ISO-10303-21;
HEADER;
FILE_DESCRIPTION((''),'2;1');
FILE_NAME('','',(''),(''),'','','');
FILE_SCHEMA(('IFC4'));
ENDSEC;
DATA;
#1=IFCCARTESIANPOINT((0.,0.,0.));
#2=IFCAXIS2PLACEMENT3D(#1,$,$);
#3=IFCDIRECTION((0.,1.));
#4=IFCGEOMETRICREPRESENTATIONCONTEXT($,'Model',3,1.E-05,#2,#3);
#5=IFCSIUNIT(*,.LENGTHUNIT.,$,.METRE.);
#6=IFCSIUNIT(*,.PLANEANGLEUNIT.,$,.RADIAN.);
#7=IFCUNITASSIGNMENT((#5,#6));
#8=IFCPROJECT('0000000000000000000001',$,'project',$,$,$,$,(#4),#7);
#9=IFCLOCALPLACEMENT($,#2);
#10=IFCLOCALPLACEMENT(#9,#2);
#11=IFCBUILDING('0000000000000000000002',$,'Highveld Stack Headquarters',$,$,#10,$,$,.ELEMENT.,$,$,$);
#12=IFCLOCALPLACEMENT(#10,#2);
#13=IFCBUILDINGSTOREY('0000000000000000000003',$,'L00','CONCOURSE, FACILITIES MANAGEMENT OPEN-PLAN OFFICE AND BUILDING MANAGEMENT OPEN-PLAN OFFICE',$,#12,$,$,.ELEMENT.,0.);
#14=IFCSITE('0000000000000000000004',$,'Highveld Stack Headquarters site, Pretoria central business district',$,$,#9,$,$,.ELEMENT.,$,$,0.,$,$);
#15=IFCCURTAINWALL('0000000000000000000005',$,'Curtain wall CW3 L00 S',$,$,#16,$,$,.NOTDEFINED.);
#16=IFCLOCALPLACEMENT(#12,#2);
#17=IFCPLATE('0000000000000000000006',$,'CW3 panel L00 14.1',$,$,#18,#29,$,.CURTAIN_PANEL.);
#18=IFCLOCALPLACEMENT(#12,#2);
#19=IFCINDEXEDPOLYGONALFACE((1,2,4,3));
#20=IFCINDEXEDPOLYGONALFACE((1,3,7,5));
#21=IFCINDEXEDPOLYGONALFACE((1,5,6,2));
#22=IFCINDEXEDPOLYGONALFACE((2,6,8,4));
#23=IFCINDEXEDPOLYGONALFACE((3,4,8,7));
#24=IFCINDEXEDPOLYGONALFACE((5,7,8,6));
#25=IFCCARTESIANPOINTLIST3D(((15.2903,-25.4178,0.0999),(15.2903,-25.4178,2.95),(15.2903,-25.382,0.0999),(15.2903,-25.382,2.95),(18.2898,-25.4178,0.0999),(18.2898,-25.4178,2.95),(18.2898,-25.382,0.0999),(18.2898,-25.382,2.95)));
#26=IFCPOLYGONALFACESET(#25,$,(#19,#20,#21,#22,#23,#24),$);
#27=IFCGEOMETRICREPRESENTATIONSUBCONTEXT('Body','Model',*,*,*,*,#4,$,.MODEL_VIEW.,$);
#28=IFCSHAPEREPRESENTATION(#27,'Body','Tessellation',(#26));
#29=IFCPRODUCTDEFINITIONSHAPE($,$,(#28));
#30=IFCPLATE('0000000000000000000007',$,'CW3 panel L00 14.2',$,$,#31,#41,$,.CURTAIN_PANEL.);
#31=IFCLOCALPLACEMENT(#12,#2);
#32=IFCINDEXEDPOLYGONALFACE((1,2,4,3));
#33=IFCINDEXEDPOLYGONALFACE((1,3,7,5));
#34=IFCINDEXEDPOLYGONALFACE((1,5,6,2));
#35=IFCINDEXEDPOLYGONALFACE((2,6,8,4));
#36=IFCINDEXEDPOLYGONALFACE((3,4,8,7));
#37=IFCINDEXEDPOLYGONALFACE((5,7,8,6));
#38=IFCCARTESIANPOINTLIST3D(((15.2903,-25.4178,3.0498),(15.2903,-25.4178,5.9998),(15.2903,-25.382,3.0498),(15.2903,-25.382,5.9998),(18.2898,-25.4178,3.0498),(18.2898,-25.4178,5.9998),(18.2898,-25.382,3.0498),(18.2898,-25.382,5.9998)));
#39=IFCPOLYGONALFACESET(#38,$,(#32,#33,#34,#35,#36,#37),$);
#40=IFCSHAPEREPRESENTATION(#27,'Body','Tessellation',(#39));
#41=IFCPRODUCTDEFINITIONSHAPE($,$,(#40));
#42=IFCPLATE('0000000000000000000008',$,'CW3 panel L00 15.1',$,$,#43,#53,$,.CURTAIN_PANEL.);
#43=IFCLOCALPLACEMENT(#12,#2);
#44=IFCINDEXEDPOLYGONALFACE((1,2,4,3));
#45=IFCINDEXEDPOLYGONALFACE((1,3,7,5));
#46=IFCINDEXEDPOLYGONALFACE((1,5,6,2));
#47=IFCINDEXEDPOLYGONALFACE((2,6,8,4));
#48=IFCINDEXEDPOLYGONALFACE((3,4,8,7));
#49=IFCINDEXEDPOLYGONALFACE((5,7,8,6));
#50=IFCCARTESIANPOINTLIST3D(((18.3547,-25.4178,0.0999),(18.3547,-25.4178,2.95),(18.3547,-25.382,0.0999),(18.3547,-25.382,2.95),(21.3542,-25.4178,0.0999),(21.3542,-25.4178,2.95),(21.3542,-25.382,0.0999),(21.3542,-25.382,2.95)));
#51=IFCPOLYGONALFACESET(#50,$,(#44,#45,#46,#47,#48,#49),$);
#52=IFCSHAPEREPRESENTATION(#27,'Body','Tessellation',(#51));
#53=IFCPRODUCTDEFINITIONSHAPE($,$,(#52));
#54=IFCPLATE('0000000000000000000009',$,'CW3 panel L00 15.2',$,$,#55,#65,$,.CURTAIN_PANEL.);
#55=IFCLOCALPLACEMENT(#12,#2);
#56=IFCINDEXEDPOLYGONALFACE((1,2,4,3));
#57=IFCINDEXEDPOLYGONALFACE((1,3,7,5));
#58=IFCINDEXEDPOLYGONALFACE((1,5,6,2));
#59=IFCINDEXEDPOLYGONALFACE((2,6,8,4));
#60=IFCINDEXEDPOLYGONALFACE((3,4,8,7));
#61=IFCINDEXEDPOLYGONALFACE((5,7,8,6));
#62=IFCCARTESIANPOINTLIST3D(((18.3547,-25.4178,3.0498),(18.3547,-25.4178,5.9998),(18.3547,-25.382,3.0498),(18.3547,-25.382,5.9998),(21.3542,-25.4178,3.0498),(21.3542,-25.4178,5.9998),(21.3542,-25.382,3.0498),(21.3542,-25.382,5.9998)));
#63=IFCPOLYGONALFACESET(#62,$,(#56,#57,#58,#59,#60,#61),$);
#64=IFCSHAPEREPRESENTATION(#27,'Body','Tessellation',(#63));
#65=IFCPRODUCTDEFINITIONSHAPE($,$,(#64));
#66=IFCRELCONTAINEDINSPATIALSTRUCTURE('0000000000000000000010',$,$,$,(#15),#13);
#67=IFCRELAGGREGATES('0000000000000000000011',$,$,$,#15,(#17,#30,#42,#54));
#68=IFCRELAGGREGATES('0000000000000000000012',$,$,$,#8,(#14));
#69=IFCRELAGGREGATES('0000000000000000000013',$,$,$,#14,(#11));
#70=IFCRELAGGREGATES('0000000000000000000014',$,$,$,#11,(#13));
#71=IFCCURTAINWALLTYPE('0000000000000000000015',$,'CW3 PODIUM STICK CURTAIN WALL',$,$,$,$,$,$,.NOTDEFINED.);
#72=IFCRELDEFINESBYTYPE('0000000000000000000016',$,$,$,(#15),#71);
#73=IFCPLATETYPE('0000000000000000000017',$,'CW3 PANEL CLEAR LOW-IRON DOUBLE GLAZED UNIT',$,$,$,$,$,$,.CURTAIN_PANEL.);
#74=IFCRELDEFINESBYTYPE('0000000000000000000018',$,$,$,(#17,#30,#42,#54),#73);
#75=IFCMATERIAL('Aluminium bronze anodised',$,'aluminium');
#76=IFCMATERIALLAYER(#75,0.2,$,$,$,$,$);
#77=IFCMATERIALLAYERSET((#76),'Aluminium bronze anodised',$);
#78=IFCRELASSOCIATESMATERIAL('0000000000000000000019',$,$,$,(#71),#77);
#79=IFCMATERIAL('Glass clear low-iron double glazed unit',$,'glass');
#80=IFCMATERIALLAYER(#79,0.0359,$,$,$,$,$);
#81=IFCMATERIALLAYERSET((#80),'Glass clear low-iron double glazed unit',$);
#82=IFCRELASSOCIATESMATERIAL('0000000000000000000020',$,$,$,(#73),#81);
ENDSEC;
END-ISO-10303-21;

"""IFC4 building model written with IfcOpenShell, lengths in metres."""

from ifc_helpers import new_model, si_unit, direction, frame, origin, origin_2d, place, context, subcontext, project, spatial, rectangle, extrude, material, layer, layer_set, type_object, element, aggregate, save


model = new_model("IFC4")

# Units and contexts
model_context = context("Model", 3, precision=1e-05, world=origin(), true_north=direction((0.0, 1.0)))
body_context = subcontext(model_context, "Body", "Model", "MODEL_VIEW")
ifc_project = project(units=[si_unit("LENGTHUNIT", "METRE"), si_unit("PLANEANGLEUNIT", "RADIAN")], contexts=[model_context])

# Site, building, storey
site_placement = place(None, origin())
site = spatial("IfcSite", under=ifc_project, at=site_placement, Name="Highveld Stack Headquarters site, Pretoria central business district", CompositionType="ELEMENT", RefElevation=0.0)
building_placement = place(site_placement, origin())
building = spatial("IfcBuilding", under=site, at=building_placement, Name="Highveld Stack Headquarters", CompositionType="ELEMENT")
storey_placement = place(building_placement, origin())
storey = spatial("IfcBuildingStorey", under=building, at=storey_placement, Name="L00", Description="CONCOURSE, FACILITIES MANAGEMENT OPEN-PLAN OFFICE AND BUILDING MANAGEMENT OPEN-PLAN OFFICE", CompositionType="ELEMENT", Elevation=0.0)

# Curtain wall, plates
ifc_material_1 = material(Name="Aluminium bronze anodised", Category="aluminium")
ifc_layer_1 = layer(ifc_material_1, 0.2)
ifc_layer_set_1 = layer_set([ifc_layer_1], Name="Aluminium bronze anodised")
curtain_wall_type = type_object("IfcCurtainWallType", Name="CW3 PODIUM STICK CURTAIN WALL", PredefinedType="NOTDEFINED", material=ifc_layer_set_1)
curtain_wall_placement = place(storey_placement, origin())
curtain_wall = element("IfcCurtainWall", 1, at=curtain_wall_placement, inside=storey, type_object=curtain_wall_type, Name="Curtain wall CW3 L00 S", PredefinedType="NOTDEFINED")
ifc_material_2 = material(Name="Glass clear low-iron double glazed unit", Category="glass")
ifc_layer_2 = layer(ifc_material_2, 0.0359)
ifc_layer_set_2 = layer_set([ifc_layer_2], Name="Glass clear low-iron double glazed unit")
plate_type = type_object("IfcPlateType", Name="CW3 PANEL CLEAR LOW-IRON DOUBLE GLAZED UNIT", PredefinedType="CURTAIN_PANEL", material=ifc_layer_set_2)
plate_1_placement = place(storey_placement, frame((16.79, -25.3999, 0.0999), z_axis=(0.0, 0.0, 1.0), x_axis=(1.0, 0.0, 0.0)))
plate_1 = element("IfcPlate", 2, at=plate_1_placement, type_object=plate_type, Name="CW3 panel L00 14.1", PredefinedType="CURTAIN_PANEL", context=body_context, shape_type="SweptSolid", body=[
    extrude(rectangle(XDim=2.9995, YDim=0.0359, at=origin_2d()), origin(), (0.0, 0.0, 1.0), 2.8501),
])
plate_2_placement = place(storey_placement, frame((16.79, -25.3999, 3.0498), z_axis=(0.0, 0.0, 1.0), x_axis=(1.0, 0.0, 0.0)))
plate_2 = element("IfcPlate", 3, at=plate_2_placement, type_object=plate_type, Name="CW3 panel L00 14.2", PredefinedType="CURTAIN_PANEL", context=body_context, shape_type="SweptSolid", body=[
    extrude(rectangle(XDim=2.9995, YDim=0.0359, at=origin_2d()), origin(), (0.0, 0.0, 1.0), 2.95),
])
plate_3_placement = place(storey_placement, frame((19.8545, -25.3999, 0.0999), z_axis=(0.0, 0.0, 1.0), x_axis=(1.0, 0.0, 0.0)))
plate_3 = element("IfcPlate", 4, at=plate_3_placement, type_object=plate_type, Name="CW3 panel L00 15.1", PredefinedType="CURTAIN_PANEL", context=body_context, shape_type="SweptSolid", body=[
    extrude(rectangle(XDim=2.9995, YDim=0.0359, at=origin_2d()), origin(), (0.0, 0.0, 1.0), 2.8501),
])
plate_4_placement = place(storey_placement, frame((19.8545, -25.3999, 3.0498), z_axis=(0.0, 0.0, 1.0), x_axis=(1.0, 0.0, 0.0)))
plate_4 = element("IfcPlate", 5, at=plate_4_placement, type_object=plate_type, Name="CW3 panel L00 15.2", PredefinedType="CURTAIN_PANEL", context=body_context, shape_type="SweptSolid", body=[
    extrude(rectangle(XDim=2.9995, YDim=0.0359, at=origin_2d()), origin(), (0.0, 0.0, 1.0), 2.95),
])
aggregate(curtain_wall, [plate_1, plate_2, plate_3, plate_4])

save(model, "model.ifc")
